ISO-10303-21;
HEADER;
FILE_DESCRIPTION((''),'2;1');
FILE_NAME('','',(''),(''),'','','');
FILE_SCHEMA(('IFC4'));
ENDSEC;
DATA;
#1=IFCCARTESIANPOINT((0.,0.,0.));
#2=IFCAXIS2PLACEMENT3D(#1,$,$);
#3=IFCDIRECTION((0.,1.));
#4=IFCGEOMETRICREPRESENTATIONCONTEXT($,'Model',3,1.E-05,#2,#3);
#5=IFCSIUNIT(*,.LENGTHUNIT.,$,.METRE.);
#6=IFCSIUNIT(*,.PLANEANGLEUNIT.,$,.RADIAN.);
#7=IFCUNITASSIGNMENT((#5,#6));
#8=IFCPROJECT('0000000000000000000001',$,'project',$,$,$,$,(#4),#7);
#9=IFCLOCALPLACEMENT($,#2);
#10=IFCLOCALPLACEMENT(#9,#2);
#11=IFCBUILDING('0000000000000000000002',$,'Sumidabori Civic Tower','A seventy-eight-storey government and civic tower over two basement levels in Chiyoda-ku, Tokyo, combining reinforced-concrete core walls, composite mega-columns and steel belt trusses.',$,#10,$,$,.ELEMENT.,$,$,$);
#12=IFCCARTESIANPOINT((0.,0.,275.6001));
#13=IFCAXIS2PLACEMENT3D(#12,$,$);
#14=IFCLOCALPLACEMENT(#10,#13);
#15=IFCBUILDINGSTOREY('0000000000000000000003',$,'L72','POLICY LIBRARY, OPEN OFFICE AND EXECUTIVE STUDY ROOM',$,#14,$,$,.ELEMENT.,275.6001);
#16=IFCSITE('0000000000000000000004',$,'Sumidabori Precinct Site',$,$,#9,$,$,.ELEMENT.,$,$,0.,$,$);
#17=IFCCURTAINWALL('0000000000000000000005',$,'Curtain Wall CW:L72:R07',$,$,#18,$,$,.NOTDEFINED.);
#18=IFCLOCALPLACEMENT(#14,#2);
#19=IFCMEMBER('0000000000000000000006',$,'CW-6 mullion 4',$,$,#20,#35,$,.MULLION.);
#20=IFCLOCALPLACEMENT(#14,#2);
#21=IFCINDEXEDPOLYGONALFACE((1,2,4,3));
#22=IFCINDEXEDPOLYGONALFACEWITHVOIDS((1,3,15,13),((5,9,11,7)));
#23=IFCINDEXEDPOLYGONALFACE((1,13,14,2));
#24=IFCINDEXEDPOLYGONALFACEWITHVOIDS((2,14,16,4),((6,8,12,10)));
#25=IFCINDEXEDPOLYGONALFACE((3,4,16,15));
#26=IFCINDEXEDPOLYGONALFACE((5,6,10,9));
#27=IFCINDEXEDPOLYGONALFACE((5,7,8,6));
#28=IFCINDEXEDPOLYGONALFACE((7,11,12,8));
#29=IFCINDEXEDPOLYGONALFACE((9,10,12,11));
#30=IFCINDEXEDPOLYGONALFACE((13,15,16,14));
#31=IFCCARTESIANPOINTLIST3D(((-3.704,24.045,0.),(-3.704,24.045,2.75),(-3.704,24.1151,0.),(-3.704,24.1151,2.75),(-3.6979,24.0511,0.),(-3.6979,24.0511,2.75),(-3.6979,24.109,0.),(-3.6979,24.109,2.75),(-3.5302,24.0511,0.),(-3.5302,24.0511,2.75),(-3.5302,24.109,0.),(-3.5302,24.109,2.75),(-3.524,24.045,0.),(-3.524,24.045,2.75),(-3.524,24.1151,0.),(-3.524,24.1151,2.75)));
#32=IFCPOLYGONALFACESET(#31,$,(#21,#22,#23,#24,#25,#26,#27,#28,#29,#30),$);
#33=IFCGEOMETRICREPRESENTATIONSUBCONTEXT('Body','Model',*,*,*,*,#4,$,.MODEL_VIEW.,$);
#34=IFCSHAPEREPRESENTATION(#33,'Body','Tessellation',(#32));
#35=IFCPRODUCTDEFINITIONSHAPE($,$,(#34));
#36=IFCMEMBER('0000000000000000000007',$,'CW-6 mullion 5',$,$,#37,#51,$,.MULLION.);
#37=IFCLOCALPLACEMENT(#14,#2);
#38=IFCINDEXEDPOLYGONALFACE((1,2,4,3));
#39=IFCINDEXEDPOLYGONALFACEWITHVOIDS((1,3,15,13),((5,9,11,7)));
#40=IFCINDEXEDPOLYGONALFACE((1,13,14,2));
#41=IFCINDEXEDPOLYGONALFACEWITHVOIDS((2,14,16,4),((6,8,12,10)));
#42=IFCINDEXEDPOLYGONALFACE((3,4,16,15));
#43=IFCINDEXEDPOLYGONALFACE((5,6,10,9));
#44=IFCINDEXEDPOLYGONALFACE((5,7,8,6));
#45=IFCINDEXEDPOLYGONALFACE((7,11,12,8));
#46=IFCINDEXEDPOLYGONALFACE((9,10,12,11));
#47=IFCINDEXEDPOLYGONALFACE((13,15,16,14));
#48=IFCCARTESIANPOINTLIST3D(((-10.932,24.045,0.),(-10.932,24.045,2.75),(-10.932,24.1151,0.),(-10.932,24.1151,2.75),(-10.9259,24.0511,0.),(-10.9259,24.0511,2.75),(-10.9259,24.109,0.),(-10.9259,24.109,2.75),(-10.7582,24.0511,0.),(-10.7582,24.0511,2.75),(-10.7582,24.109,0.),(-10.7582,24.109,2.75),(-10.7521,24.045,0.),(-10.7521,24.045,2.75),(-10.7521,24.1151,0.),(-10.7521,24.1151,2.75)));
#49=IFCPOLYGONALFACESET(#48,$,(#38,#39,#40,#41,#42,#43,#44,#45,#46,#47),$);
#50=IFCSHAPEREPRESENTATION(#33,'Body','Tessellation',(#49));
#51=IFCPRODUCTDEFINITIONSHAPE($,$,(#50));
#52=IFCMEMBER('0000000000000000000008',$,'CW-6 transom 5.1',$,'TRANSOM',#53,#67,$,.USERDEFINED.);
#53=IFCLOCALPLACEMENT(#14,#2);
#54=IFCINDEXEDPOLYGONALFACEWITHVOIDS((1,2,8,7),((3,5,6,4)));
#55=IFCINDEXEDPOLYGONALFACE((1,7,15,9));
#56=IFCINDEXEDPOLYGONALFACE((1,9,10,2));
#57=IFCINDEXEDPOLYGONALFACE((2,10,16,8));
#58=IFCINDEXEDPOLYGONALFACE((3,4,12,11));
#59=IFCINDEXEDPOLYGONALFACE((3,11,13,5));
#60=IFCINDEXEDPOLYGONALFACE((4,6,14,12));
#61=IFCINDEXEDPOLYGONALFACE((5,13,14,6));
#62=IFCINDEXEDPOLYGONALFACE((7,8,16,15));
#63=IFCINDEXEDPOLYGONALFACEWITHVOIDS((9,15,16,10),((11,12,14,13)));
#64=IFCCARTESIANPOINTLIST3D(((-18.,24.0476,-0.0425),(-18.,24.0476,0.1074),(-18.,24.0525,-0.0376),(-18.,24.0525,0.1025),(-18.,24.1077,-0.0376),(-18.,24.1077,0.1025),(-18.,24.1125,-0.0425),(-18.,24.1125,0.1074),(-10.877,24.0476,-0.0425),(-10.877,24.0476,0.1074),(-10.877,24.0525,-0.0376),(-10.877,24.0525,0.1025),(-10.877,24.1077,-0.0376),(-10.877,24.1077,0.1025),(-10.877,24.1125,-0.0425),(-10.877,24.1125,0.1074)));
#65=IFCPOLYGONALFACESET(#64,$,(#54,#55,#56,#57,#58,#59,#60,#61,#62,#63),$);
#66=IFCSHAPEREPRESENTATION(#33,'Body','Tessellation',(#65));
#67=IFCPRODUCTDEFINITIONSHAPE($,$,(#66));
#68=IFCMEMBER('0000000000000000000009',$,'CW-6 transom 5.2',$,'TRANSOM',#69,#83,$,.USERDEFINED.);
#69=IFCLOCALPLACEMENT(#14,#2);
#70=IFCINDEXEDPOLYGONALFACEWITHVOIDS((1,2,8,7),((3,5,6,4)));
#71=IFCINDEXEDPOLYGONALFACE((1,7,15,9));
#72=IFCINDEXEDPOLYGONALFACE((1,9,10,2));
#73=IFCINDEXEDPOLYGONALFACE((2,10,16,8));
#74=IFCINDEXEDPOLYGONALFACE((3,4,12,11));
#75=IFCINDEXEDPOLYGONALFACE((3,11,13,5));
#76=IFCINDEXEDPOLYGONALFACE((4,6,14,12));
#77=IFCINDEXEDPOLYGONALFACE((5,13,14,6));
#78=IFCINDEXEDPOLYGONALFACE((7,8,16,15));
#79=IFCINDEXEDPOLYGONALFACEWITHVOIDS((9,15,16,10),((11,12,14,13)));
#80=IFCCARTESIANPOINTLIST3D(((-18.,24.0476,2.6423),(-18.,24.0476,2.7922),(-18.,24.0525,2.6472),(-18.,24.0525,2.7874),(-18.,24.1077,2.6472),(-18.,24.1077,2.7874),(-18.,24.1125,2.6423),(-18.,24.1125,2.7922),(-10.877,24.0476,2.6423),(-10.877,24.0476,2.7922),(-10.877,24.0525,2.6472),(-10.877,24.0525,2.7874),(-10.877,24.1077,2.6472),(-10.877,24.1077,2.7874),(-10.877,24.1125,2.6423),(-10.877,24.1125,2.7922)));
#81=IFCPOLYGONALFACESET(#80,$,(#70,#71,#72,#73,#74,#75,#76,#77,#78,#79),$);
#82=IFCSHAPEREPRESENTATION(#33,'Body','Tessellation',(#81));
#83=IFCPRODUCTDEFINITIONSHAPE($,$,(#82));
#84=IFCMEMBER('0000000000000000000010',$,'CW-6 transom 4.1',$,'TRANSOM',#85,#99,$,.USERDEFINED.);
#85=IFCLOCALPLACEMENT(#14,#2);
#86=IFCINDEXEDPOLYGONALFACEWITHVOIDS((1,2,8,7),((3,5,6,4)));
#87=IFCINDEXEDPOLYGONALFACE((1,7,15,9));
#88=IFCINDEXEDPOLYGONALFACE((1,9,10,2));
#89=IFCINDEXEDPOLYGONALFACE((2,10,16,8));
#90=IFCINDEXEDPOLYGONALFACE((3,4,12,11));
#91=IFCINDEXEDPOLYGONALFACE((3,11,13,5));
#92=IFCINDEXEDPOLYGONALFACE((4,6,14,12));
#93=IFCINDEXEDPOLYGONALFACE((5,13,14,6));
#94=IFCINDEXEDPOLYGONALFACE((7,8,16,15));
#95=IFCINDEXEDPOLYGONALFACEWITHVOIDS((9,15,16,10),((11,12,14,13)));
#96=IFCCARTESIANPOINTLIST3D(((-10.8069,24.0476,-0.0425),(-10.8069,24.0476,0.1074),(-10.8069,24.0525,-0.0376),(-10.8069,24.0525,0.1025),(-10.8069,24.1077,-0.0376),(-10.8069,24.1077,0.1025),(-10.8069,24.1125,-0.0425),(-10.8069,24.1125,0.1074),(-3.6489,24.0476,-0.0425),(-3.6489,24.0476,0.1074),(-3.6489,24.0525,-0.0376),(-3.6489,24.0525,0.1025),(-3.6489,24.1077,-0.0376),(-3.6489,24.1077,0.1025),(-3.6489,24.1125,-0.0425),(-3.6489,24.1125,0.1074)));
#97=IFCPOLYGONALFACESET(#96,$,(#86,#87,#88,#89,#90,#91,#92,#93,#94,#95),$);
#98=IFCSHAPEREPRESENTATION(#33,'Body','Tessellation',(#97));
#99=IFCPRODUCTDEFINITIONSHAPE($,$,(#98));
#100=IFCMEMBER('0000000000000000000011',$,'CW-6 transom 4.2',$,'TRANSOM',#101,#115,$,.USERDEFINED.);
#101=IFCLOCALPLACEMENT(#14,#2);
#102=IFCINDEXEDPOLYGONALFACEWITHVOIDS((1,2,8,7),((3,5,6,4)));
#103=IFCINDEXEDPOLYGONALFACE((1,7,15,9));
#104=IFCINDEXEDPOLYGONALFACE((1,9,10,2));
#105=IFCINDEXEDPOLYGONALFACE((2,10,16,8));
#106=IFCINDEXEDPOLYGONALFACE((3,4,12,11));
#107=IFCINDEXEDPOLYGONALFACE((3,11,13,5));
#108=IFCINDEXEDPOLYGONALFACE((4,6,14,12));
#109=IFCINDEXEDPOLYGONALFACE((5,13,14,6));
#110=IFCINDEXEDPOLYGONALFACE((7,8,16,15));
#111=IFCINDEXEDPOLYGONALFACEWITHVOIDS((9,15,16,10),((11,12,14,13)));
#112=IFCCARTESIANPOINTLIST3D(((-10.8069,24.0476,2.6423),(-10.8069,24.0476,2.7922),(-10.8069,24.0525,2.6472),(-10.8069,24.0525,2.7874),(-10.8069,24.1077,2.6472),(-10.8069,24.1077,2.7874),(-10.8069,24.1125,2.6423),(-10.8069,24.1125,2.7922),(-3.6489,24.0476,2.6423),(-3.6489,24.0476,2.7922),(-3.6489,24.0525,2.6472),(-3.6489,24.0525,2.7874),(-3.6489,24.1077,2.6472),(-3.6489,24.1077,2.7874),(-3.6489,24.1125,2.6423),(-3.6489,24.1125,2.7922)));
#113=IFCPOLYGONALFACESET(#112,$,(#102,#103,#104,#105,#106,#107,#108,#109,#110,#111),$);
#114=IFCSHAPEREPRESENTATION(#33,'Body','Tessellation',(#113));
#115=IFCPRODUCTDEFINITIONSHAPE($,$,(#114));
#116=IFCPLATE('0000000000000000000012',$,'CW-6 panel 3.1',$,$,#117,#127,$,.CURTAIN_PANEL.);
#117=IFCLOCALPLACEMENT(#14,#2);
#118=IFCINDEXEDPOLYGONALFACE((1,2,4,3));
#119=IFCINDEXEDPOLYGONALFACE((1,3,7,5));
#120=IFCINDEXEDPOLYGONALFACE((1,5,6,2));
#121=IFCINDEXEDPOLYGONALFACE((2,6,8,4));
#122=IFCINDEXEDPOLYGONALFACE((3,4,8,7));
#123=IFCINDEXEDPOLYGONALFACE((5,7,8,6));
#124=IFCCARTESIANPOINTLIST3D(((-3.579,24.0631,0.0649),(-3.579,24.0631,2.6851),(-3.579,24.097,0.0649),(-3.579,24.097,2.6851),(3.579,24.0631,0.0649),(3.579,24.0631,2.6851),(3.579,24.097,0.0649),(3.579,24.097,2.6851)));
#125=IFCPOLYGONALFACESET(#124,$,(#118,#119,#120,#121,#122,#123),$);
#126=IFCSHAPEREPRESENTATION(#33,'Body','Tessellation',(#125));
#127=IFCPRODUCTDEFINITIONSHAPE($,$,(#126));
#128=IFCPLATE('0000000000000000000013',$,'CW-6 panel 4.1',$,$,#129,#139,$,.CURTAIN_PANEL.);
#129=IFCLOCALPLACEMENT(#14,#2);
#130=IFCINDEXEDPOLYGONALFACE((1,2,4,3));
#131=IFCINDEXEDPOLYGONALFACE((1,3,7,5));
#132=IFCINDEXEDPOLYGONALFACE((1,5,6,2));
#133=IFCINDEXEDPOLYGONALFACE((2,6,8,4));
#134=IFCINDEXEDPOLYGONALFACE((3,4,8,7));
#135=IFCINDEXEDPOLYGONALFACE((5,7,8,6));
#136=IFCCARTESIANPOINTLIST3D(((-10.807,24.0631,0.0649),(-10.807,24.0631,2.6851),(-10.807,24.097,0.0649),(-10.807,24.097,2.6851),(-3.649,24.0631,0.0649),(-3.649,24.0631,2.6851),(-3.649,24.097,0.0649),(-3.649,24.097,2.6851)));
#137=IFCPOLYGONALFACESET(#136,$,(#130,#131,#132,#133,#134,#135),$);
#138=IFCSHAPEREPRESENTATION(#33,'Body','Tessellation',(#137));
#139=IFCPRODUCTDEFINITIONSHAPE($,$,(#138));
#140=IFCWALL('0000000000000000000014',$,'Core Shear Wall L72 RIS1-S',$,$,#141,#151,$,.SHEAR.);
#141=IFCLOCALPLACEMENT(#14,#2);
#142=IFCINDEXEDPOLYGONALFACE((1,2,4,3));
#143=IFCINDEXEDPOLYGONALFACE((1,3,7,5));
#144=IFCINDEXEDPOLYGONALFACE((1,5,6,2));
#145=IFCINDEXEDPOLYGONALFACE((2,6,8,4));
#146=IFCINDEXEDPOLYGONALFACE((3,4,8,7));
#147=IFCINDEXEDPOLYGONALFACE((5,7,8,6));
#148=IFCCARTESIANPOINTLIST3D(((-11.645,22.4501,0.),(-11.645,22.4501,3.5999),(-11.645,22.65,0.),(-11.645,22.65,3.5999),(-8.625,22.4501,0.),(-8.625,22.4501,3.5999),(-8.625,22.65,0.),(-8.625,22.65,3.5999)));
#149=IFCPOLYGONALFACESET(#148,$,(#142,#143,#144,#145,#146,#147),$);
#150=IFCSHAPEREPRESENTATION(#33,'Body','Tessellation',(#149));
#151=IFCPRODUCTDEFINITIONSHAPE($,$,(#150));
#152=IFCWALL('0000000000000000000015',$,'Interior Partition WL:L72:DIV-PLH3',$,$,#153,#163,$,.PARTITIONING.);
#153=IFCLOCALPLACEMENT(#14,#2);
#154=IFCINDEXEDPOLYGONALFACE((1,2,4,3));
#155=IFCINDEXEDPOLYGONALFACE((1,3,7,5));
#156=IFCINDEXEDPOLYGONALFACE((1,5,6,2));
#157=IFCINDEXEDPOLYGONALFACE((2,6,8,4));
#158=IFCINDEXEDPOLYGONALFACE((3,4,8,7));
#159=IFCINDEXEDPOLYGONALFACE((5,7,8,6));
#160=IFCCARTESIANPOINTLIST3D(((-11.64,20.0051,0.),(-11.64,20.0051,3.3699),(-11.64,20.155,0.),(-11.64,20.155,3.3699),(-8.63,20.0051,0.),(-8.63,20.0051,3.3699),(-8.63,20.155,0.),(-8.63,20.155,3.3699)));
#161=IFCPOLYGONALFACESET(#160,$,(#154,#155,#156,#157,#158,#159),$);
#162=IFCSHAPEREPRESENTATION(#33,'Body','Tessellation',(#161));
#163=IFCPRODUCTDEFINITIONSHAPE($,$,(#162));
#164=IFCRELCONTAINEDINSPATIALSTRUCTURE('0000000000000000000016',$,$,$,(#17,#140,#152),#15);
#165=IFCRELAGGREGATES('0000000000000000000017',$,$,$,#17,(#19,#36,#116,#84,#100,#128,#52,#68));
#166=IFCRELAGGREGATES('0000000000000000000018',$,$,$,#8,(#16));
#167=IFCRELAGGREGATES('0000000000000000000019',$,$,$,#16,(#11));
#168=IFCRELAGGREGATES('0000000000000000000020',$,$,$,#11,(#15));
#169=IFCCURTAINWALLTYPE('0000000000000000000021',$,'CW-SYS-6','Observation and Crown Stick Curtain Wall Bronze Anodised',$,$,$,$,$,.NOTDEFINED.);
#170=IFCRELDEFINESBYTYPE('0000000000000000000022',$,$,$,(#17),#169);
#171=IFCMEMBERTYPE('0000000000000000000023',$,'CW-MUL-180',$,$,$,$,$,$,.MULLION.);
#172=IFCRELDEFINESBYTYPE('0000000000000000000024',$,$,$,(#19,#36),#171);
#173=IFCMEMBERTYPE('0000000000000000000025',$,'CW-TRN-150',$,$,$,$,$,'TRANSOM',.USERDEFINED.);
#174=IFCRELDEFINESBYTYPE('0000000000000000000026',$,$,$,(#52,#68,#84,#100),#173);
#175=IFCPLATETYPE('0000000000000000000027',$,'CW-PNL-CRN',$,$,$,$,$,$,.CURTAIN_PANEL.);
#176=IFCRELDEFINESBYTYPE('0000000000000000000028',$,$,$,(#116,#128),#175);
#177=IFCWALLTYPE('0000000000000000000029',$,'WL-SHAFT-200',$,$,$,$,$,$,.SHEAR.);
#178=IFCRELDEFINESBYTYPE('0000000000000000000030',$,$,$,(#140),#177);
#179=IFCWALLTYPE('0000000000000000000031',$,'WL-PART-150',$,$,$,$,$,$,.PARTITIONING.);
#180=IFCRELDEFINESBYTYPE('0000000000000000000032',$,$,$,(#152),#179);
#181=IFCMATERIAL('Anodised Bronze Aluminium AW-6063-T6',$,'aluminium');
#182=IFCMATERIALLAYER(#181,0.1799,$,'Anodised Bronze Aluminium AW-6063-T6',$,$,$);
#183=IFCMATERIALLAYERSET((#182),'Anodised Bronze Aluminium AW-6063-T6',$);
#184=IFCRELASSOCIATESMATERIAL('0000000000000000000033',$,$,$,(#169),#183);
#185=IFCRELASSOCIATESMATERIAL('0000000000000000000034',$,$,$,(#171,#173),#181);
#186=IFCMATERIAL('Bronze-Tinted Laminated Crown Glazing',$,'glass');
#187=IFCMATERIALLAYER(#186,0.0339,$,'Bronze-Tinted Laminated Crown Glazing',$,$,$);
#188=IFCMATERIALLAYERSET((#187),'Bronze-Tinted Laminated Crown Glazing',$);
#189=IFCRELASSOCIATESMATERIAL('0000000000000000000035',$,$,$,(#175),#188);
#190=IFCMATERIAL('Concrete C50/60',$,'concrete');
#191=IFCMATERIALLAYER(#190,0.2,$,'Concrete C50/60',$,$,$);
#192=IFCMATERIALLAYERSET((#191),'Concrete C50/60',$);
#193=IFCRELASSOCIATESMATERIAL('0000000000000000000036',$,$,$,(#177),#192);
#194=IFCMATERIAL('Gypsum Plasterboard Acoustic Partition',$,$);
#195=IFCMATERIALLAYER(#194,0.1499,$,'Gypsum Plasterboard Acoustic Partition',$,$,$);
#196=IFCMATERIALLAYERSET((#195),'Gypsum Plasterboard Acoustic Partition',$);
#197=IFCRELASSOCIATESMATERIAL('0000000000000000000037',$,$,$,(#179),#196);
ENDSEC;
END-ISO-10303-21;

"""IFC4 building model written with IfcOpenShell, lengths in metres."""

from ifc_helpers import new_model, si_unit, direction, frame, frame_2d, origin, origin_2d, place, context, subcontext, project, spatial, rectangle, hollow_rectangle, extrude, source, transform, mapped, material, layer, layer_set, material_profile, profile_set, type_object, element, aggregate, save


model = new_model("IFC4")

# Units and contexts
model_context = context("Model", 3, precision=1e-05, world=origin(), true_north=direction((0.0, 1.0)))
body_context = subcontext(model_context, "Body", "Model", "MODEL_VIEW")
ifc_project = project(units=[si_unit("LENGTHUNIT", "METRE"), si_unit("PLANEANGLEUNIT", "RADIAN")], contexts=[model_context])

# Site, building, storey
site_placement = place(None, origin())
site = spatial("IfcSite", under=ifc_project, at=site_placement, Name="Sumidabori Precinct Site", CompositionType="ELEMENT", RefElevation=0.0)
building_placement = place(site_placement, origin())
building = spatial("IfcBuilding", under=site, at=building_placement, Name="Sumidabori Civic Tower", Description="A seventy-eight-storey government and civic tower over two basement levels in Chiyoda-ku, Tokyo, combining reinforced-concrete core walls, composite mega-columns and steel belt trusses.", CompositionType="ELEMENT")
storey_placement = place(building_placement, frame((0.0, 0.0, 275.6001)))
storey = spatial("IfcBuildingStorey", under=building, at=storey_placement, Name="L72", Description="POLICY LIBRARY, OPEN OFFICE AND EXECUTIVE STUDY ROOM", CompositionType="ELEMENT", Elevation=275.6001)

# Curtain wall, members, plates
ifc_material_1 = material(Name="Anodised Bronze Aluminium AW-6063-T6", Category="aluminium")
ifc_layer_1 = layer(ifc_material_1, 0.1799, Name="Anodised Bronze Aluminium AW-6063-T6")
ifc_layer_set_1 = layer_set([ifc_layer_1], Name="Anodised Bronze Aluminium AW-6063-T6")
curtain_wall_type = type_object("IfcCurtainWallType", Name="CW-SYS-6", Description="Observation and Crown Stick Curtain Wall Bronze Anodised", PredefinedType="NOTDEFINED", material=ifc_layer_set_1)
curtain_wall_placement = place(storey_placement, origin())
curtain_wall = element("IfcCurtainWall", 1, at=curtain_wall_placement, inside=storey, type_object=curtain_wall_type, Name="Curtain Wall CW:L72:R07", PredefinedType="NOTDEFINED")
ifc_material_profile_1 = material_profile(ifc_material_1, hollow_rectangle(XDim=0.0701, YDim=0.1799, WallThickness=0.0061, at=origin_2d()), Name="ALU MULLION 180x70")
ifc_profile_set_1 = profile_set([ifc_material_profile_1], Name="Anodised Bronze Aluminium AW-6063-T6")
member_type_1 = type_object("IfcMemberType", Name="CW-MUL-180", PredefinedType="MULLION", material=ifc_profile_set_1)
shared_shape_1 = source(origin(), body_context, "Body", "SweptSolid", [
    extrude(hollow_rectangle(XDim=0.0701, YDim=0.1799, WallThickness=0.0061, at=origin_2d()), origin(), (0.0, 0.0, 1.0), 2.75),
])
member_1_placement = place(storey_placement, frame((-3.614, 24.0801, 0.0), z_axis=(0.0, 0.0, 1.0), x_axis=(0.0, -1.0, 0.0)))
member_1 = element("IfcMember", 2, at=member_1_placement, type_object=member_type_1, Name="CW-6 mullion 4", PredefinedType="MULLION", context=body_context, shape_type="MappedRepresentation", body=[
    mapped(shared_shape_1, transform((0.0, 0.0, 0.0), x_axis=(1.0, 0.0, 0.0), y_axis=(0.0, 1.0, 0.0), z_axis=(0.0, 0.0, 1.0), scale=1.0)),
])
member_2_placement = place(storey_placement, frame((-10.842, 24.0801, 0.0), z_axis=(0.0, 0.0, 1.0), x_axis=(0.0, -1.0, 0.0)))
member_2 = element("IfcMember", 3, at=member_2_placement, type_object=member_type_1, Name="CW-6 mullion 5", PredefinedType="MULLION", context=body_context, shape_type="MappedRepresentation", body=[
    mapped(shared_shape_1, transform((0.0, 0.0, 0.0), x_axis=(1.0, 0.0, 0.0), y_axis=(0.0, 1.0, 0.0), z_axis=(0.0, 0.0, 1.0), scale=1.0)),
])
ifc_material_profile_2 = material_profile(ifc_material_1, hollow_rectangle(XDim=0.0649, YDim=0.1499, WallThickness=0.0049, at=origin_2d()), Name="ALU TRANSOM 150x65")
ifc_profile_set_2 = profile_set([ifc_material_profile_2], Name="Anodised Bronze Aluminium AW-6063-T6")
member_type_2 = type_object("IfcMemberType", Name="CW-TRN-150", ElementType="TRANSOM", PredefinedType="USERDEFINED", material=ifc_profile_set_2)
shared_shape_2 = source(origin(), body_context, "Body", "SweptSolid", [
    extrude(hollow_rectangle(XDim=0.0649, YDim=0.1499, WallThickness=0.0049, at=origin_2d()), origin(), (0.0, 0.0, 1.0), 7.123),
])
member_3_placement = place(storey_placement, frame((-10.877, 24.0801, 0.0325), z_axis=(-1.0, 0.0, 0.0), x_axis=(0.0, -1.0, 0.0)))
member_3 = element("IfcMember", 4, at=member_3_placement, type_object=member_type_2, Name="CW-6 transom 5.1", ObjectType="TRANSOM", PredefinedType="USERDEFINED", context=body_context, shape_type="MappedRepresentation", body=[
    mapped(shared_shape_2, transform((0.0, 0.0, 0.0), x_axis=(1.0, 0.0, 0.0), y_axis=(0.0, 1.0, 0.0), z_axis=(0.0, 0.0, 1.0), scale=1.0)),
])
member_4_placement = place(storey_placement, frame((-10.877, 24.0801, 2.7173), z_axis=(-1.0, 0.0, 0.0), x_axis=(0.0, -1.0, 0.0)))
member_4 = element("IfcMember", 5, at=member_4_placement, type_object=member_type_2, Name="CW-6 transom 5.2", ObjectType="TRANSOM", PredefinedType="USERDEFINED", context=body_context, shape_type="MappedRepresentation", body=[
    mapped(shared_shape_2, transform((0.0, 0.0, 0.0), x_axis=(1.0, 0.0, 0.0), y_axis=(0.0, 1.0, 0.0), z_axis=(0.0, 0.0, 1.0), scale=1.0)),
])
shared_shape_3 = source(origin(), body_context, "Body", "SweptSolid", [
    extrude(hollow_rectangle(XDim=0.0649, YDim=0.1499, WallThickness=0.0049, at=origin_2d()), origin(), (0.0, 0.0, 1.0), 7.158),
])
member_5_placement = place(storey_placement, frame((-3.6489, 24.0801, 0.0325), z_axis=(-1.0, 0.0, 0.0), x_axis=(0.0, -1.0, 0.0)))
member_5 = element("IfcMember", 6, at=member_5_placement, type_object=member_type_2, Name="CW-6 transom 4.1", ObjectType="TRANSOM", PredefinedType="USERDEFINED", context=body_context, shape_type="MappedRepresentation", body=[
    mapped(shared_shape_3, transform((0.0, 0.0, 0.0), x_axis=(1.0, 0.0, 0.0), y_axis=(0.0, 1.0, 0.0), z_axis=(0.0, 0.0, 1.0), scale=1.0)),
])
member_6_placement = place(storey_placement, frame((-3.6489, 24.0801, 2.7173), z_axis=(-1.0, 0.0, 0.0), x_axis=(0.0, -1.0, 0.0)))
member_6 = element("IfcMember", 7, at=member_6_placement, type_object=member_type_2, Name="CW-6 transom 4.2", ObjectType="TRANSOM", PredefinedType="USERDEFINED", context=body_context, shape_type="MappedRepresentation", body=[
    mapped(shared_shape_3, transform((0.0, 0.0, 0.0), x_axis=(1.0, 0.0, 0.0), y_axis=(0.0, 1.0, 0.0), z_axis=(0.0, 0.0, 1.0), scale=1.0)),
])
ifc_material_2 = material(Name="Bronze-Tinted Laminated Crown Glazing", Category="glass")
ifc_layer_2 = layer(ifc_material_2, 0.0339, Name="Bronze-Tinted Laminated Crown Glazing")
ifc_layer_set_2 = layer_set([ifc_layer_2], Name="Bronze-Tinted Laminated Crown Glazing")
plate_type = type_object("IfcPlateType", Name="CW-PNL-CRN", PredefinedType="CURTAIN_PANEL", material=ifc_layer_set_2)
shared_shape_4 = source(origin(), body_context, "Body", "SweptSolid", [
    extrude(rectangle(XDim=7.158, YDim=0.0339, at=origin_2d()), origin(), (0.0, 0.0, 1.0), 2.6201),
])
plate_1_placement = place(storey_placement, frame((0.0, 24.0801, 0.0649), z_axis=(0.0, 0.0, 1.0), x_axis=(-1.0, 0.0, 0.0)))
plate_1 = element("IfcPlate", 8, at=plate_1_placement, type_object=plate_type, Name="CW-6 panel 3.1", PredefinedType="CURTAIN_PANEL", context=body_context, shape_type="MappedRepresentation", body=[
    mapped(shared_shape_4, transform((0.0, 0.0, 0.0), x_axis=(1.0, 0.0, 0.0), y_axis=(0.0, 1.0, 0.0), z_axis=(0.0, 0.0, 1.0), scale=1.0)),
])
plate_2_placement = place(storey_placement, frame((-7.228, 24.0801, 0.0649), z_axis=(0.0, 0.0, 1.0), x_axis=(-1.0, 0.0, 0.0)))
plate_2 = element("IfcPlate", 9, at=plate_2_placement, type_object=plate_type, Name="CW-6 panel 4.1", PredefinedType="CURTAIN_PANEL", context=body_context, shape_type="MappedRepresentation", body=[
    mapped(shared_shape_4, transform((0.0, 0.0, 0.0), x_axis=(1.0, 0.0, 0.0), y_axis=(0.0, 1.0, 0.0), z_axis=(0.0, 0.0, 1.0), scale=1.0)),
])
aggregate(curtain_wall, [member_1, member_2, plate_1, member_5, member_6, plate_2, member_3, member_4])

# Walls
ifc_material_3 = material(Name="Concrete C50/60", Category="concrete")
ifc_layer_3 = layer(ifc_material_3, 0.2, Name="Concrete C50/60")
ifc_layer_set_3 = layer_set([ifc_layer_3], Name="Concrete C50/60")
wall_type_1 = type_object("IfcWallType", Name="WL-SHAFT-200", PredefinedType="SHEAR", material=ifc_layer_set_3)
shared_shape_5 = source(origin(), body_context, "Body", "SweptSolid", [
    extrude(rectangle(XDim=3.02, YDim=0.2, at=frame_2d((1.51, 0.0))), origin(), (0.0, 0.0, 1.0), 3.5999),
])
wall_1_placement = place(storey_placement, frame((-11.645, 22.55, 0.0), z_axis=(0.0, 0.0, 1.0), x_axis=(1.0, 0.0, 0.0)))
element("IfcWall", 10, at=wall_1_placement, inside=storey, type_object=wall_type_1, Name="Core Shear Wall L72 RIS1-S", PredefinedType="SHEAR", context=body_context, shape_type="MappedRepresentation", body=[
    mapped(shared_shape_5, transform((0.0, 0.0, 0.0), x_axis=(1.0, 0.0, 0.0), y_axis=(0.0, 1.0, 0.0), z_axis=(0.0, 0.0, 1.0), scale=1.0)),
])
ifc_material_4 = material(Name="Gypsum Plasterboard Acoustic Partition")
ifc_layer_4 = layer(ifc_material_4, 0.1499, Name="Gypsum Plasterboard Acoustic Partition")
ifc_layer_set_4 = layer_set([ifc_layer_4], Name="Gypsum Plasterboard Acoustic Partition")
wall_type_2 = type_object("IfcWallType", Name="WL-PART-150", PredefinedType="PARTITIONING", material=ifc_layer_set_4)
shared_shape_6 = source(origin(), body_context, "Body", "SweptSolid", [
    extrude(rectangle(XDim=3.01, YDim=0.1499, at=frame_2d((1.5049, 0.0))), origin(), (0.0, 0.0, 1.0), 3.3699),
])
wall_2_placement = place(storey_placement, frame((-11.6399, 20.0801, 0.0), z_axis=(0.0, 0.0, 1.0), x_axis=(1.0, 0.0, 0.0)))
element("IfcWall", 11, at=wall_2_placement, inside=storey, type_object=wall_type_2, Name="Interior Partition WL:L72:DIV-PLH3", PredefinedType="PARTITIONING", context=body_context, shape_type="MappedRepresentation", body=[
    mapped(shared_shape_6, transform((0.0, 0.0, 0.0), x_axis=(1.0, 0.0, 0.0), y_axis=(0.0, 1.0, 0.0), z_axis=(0.0, 0.0, 1.0), scale=1.0)),
])

save(model, "model.ifc")
